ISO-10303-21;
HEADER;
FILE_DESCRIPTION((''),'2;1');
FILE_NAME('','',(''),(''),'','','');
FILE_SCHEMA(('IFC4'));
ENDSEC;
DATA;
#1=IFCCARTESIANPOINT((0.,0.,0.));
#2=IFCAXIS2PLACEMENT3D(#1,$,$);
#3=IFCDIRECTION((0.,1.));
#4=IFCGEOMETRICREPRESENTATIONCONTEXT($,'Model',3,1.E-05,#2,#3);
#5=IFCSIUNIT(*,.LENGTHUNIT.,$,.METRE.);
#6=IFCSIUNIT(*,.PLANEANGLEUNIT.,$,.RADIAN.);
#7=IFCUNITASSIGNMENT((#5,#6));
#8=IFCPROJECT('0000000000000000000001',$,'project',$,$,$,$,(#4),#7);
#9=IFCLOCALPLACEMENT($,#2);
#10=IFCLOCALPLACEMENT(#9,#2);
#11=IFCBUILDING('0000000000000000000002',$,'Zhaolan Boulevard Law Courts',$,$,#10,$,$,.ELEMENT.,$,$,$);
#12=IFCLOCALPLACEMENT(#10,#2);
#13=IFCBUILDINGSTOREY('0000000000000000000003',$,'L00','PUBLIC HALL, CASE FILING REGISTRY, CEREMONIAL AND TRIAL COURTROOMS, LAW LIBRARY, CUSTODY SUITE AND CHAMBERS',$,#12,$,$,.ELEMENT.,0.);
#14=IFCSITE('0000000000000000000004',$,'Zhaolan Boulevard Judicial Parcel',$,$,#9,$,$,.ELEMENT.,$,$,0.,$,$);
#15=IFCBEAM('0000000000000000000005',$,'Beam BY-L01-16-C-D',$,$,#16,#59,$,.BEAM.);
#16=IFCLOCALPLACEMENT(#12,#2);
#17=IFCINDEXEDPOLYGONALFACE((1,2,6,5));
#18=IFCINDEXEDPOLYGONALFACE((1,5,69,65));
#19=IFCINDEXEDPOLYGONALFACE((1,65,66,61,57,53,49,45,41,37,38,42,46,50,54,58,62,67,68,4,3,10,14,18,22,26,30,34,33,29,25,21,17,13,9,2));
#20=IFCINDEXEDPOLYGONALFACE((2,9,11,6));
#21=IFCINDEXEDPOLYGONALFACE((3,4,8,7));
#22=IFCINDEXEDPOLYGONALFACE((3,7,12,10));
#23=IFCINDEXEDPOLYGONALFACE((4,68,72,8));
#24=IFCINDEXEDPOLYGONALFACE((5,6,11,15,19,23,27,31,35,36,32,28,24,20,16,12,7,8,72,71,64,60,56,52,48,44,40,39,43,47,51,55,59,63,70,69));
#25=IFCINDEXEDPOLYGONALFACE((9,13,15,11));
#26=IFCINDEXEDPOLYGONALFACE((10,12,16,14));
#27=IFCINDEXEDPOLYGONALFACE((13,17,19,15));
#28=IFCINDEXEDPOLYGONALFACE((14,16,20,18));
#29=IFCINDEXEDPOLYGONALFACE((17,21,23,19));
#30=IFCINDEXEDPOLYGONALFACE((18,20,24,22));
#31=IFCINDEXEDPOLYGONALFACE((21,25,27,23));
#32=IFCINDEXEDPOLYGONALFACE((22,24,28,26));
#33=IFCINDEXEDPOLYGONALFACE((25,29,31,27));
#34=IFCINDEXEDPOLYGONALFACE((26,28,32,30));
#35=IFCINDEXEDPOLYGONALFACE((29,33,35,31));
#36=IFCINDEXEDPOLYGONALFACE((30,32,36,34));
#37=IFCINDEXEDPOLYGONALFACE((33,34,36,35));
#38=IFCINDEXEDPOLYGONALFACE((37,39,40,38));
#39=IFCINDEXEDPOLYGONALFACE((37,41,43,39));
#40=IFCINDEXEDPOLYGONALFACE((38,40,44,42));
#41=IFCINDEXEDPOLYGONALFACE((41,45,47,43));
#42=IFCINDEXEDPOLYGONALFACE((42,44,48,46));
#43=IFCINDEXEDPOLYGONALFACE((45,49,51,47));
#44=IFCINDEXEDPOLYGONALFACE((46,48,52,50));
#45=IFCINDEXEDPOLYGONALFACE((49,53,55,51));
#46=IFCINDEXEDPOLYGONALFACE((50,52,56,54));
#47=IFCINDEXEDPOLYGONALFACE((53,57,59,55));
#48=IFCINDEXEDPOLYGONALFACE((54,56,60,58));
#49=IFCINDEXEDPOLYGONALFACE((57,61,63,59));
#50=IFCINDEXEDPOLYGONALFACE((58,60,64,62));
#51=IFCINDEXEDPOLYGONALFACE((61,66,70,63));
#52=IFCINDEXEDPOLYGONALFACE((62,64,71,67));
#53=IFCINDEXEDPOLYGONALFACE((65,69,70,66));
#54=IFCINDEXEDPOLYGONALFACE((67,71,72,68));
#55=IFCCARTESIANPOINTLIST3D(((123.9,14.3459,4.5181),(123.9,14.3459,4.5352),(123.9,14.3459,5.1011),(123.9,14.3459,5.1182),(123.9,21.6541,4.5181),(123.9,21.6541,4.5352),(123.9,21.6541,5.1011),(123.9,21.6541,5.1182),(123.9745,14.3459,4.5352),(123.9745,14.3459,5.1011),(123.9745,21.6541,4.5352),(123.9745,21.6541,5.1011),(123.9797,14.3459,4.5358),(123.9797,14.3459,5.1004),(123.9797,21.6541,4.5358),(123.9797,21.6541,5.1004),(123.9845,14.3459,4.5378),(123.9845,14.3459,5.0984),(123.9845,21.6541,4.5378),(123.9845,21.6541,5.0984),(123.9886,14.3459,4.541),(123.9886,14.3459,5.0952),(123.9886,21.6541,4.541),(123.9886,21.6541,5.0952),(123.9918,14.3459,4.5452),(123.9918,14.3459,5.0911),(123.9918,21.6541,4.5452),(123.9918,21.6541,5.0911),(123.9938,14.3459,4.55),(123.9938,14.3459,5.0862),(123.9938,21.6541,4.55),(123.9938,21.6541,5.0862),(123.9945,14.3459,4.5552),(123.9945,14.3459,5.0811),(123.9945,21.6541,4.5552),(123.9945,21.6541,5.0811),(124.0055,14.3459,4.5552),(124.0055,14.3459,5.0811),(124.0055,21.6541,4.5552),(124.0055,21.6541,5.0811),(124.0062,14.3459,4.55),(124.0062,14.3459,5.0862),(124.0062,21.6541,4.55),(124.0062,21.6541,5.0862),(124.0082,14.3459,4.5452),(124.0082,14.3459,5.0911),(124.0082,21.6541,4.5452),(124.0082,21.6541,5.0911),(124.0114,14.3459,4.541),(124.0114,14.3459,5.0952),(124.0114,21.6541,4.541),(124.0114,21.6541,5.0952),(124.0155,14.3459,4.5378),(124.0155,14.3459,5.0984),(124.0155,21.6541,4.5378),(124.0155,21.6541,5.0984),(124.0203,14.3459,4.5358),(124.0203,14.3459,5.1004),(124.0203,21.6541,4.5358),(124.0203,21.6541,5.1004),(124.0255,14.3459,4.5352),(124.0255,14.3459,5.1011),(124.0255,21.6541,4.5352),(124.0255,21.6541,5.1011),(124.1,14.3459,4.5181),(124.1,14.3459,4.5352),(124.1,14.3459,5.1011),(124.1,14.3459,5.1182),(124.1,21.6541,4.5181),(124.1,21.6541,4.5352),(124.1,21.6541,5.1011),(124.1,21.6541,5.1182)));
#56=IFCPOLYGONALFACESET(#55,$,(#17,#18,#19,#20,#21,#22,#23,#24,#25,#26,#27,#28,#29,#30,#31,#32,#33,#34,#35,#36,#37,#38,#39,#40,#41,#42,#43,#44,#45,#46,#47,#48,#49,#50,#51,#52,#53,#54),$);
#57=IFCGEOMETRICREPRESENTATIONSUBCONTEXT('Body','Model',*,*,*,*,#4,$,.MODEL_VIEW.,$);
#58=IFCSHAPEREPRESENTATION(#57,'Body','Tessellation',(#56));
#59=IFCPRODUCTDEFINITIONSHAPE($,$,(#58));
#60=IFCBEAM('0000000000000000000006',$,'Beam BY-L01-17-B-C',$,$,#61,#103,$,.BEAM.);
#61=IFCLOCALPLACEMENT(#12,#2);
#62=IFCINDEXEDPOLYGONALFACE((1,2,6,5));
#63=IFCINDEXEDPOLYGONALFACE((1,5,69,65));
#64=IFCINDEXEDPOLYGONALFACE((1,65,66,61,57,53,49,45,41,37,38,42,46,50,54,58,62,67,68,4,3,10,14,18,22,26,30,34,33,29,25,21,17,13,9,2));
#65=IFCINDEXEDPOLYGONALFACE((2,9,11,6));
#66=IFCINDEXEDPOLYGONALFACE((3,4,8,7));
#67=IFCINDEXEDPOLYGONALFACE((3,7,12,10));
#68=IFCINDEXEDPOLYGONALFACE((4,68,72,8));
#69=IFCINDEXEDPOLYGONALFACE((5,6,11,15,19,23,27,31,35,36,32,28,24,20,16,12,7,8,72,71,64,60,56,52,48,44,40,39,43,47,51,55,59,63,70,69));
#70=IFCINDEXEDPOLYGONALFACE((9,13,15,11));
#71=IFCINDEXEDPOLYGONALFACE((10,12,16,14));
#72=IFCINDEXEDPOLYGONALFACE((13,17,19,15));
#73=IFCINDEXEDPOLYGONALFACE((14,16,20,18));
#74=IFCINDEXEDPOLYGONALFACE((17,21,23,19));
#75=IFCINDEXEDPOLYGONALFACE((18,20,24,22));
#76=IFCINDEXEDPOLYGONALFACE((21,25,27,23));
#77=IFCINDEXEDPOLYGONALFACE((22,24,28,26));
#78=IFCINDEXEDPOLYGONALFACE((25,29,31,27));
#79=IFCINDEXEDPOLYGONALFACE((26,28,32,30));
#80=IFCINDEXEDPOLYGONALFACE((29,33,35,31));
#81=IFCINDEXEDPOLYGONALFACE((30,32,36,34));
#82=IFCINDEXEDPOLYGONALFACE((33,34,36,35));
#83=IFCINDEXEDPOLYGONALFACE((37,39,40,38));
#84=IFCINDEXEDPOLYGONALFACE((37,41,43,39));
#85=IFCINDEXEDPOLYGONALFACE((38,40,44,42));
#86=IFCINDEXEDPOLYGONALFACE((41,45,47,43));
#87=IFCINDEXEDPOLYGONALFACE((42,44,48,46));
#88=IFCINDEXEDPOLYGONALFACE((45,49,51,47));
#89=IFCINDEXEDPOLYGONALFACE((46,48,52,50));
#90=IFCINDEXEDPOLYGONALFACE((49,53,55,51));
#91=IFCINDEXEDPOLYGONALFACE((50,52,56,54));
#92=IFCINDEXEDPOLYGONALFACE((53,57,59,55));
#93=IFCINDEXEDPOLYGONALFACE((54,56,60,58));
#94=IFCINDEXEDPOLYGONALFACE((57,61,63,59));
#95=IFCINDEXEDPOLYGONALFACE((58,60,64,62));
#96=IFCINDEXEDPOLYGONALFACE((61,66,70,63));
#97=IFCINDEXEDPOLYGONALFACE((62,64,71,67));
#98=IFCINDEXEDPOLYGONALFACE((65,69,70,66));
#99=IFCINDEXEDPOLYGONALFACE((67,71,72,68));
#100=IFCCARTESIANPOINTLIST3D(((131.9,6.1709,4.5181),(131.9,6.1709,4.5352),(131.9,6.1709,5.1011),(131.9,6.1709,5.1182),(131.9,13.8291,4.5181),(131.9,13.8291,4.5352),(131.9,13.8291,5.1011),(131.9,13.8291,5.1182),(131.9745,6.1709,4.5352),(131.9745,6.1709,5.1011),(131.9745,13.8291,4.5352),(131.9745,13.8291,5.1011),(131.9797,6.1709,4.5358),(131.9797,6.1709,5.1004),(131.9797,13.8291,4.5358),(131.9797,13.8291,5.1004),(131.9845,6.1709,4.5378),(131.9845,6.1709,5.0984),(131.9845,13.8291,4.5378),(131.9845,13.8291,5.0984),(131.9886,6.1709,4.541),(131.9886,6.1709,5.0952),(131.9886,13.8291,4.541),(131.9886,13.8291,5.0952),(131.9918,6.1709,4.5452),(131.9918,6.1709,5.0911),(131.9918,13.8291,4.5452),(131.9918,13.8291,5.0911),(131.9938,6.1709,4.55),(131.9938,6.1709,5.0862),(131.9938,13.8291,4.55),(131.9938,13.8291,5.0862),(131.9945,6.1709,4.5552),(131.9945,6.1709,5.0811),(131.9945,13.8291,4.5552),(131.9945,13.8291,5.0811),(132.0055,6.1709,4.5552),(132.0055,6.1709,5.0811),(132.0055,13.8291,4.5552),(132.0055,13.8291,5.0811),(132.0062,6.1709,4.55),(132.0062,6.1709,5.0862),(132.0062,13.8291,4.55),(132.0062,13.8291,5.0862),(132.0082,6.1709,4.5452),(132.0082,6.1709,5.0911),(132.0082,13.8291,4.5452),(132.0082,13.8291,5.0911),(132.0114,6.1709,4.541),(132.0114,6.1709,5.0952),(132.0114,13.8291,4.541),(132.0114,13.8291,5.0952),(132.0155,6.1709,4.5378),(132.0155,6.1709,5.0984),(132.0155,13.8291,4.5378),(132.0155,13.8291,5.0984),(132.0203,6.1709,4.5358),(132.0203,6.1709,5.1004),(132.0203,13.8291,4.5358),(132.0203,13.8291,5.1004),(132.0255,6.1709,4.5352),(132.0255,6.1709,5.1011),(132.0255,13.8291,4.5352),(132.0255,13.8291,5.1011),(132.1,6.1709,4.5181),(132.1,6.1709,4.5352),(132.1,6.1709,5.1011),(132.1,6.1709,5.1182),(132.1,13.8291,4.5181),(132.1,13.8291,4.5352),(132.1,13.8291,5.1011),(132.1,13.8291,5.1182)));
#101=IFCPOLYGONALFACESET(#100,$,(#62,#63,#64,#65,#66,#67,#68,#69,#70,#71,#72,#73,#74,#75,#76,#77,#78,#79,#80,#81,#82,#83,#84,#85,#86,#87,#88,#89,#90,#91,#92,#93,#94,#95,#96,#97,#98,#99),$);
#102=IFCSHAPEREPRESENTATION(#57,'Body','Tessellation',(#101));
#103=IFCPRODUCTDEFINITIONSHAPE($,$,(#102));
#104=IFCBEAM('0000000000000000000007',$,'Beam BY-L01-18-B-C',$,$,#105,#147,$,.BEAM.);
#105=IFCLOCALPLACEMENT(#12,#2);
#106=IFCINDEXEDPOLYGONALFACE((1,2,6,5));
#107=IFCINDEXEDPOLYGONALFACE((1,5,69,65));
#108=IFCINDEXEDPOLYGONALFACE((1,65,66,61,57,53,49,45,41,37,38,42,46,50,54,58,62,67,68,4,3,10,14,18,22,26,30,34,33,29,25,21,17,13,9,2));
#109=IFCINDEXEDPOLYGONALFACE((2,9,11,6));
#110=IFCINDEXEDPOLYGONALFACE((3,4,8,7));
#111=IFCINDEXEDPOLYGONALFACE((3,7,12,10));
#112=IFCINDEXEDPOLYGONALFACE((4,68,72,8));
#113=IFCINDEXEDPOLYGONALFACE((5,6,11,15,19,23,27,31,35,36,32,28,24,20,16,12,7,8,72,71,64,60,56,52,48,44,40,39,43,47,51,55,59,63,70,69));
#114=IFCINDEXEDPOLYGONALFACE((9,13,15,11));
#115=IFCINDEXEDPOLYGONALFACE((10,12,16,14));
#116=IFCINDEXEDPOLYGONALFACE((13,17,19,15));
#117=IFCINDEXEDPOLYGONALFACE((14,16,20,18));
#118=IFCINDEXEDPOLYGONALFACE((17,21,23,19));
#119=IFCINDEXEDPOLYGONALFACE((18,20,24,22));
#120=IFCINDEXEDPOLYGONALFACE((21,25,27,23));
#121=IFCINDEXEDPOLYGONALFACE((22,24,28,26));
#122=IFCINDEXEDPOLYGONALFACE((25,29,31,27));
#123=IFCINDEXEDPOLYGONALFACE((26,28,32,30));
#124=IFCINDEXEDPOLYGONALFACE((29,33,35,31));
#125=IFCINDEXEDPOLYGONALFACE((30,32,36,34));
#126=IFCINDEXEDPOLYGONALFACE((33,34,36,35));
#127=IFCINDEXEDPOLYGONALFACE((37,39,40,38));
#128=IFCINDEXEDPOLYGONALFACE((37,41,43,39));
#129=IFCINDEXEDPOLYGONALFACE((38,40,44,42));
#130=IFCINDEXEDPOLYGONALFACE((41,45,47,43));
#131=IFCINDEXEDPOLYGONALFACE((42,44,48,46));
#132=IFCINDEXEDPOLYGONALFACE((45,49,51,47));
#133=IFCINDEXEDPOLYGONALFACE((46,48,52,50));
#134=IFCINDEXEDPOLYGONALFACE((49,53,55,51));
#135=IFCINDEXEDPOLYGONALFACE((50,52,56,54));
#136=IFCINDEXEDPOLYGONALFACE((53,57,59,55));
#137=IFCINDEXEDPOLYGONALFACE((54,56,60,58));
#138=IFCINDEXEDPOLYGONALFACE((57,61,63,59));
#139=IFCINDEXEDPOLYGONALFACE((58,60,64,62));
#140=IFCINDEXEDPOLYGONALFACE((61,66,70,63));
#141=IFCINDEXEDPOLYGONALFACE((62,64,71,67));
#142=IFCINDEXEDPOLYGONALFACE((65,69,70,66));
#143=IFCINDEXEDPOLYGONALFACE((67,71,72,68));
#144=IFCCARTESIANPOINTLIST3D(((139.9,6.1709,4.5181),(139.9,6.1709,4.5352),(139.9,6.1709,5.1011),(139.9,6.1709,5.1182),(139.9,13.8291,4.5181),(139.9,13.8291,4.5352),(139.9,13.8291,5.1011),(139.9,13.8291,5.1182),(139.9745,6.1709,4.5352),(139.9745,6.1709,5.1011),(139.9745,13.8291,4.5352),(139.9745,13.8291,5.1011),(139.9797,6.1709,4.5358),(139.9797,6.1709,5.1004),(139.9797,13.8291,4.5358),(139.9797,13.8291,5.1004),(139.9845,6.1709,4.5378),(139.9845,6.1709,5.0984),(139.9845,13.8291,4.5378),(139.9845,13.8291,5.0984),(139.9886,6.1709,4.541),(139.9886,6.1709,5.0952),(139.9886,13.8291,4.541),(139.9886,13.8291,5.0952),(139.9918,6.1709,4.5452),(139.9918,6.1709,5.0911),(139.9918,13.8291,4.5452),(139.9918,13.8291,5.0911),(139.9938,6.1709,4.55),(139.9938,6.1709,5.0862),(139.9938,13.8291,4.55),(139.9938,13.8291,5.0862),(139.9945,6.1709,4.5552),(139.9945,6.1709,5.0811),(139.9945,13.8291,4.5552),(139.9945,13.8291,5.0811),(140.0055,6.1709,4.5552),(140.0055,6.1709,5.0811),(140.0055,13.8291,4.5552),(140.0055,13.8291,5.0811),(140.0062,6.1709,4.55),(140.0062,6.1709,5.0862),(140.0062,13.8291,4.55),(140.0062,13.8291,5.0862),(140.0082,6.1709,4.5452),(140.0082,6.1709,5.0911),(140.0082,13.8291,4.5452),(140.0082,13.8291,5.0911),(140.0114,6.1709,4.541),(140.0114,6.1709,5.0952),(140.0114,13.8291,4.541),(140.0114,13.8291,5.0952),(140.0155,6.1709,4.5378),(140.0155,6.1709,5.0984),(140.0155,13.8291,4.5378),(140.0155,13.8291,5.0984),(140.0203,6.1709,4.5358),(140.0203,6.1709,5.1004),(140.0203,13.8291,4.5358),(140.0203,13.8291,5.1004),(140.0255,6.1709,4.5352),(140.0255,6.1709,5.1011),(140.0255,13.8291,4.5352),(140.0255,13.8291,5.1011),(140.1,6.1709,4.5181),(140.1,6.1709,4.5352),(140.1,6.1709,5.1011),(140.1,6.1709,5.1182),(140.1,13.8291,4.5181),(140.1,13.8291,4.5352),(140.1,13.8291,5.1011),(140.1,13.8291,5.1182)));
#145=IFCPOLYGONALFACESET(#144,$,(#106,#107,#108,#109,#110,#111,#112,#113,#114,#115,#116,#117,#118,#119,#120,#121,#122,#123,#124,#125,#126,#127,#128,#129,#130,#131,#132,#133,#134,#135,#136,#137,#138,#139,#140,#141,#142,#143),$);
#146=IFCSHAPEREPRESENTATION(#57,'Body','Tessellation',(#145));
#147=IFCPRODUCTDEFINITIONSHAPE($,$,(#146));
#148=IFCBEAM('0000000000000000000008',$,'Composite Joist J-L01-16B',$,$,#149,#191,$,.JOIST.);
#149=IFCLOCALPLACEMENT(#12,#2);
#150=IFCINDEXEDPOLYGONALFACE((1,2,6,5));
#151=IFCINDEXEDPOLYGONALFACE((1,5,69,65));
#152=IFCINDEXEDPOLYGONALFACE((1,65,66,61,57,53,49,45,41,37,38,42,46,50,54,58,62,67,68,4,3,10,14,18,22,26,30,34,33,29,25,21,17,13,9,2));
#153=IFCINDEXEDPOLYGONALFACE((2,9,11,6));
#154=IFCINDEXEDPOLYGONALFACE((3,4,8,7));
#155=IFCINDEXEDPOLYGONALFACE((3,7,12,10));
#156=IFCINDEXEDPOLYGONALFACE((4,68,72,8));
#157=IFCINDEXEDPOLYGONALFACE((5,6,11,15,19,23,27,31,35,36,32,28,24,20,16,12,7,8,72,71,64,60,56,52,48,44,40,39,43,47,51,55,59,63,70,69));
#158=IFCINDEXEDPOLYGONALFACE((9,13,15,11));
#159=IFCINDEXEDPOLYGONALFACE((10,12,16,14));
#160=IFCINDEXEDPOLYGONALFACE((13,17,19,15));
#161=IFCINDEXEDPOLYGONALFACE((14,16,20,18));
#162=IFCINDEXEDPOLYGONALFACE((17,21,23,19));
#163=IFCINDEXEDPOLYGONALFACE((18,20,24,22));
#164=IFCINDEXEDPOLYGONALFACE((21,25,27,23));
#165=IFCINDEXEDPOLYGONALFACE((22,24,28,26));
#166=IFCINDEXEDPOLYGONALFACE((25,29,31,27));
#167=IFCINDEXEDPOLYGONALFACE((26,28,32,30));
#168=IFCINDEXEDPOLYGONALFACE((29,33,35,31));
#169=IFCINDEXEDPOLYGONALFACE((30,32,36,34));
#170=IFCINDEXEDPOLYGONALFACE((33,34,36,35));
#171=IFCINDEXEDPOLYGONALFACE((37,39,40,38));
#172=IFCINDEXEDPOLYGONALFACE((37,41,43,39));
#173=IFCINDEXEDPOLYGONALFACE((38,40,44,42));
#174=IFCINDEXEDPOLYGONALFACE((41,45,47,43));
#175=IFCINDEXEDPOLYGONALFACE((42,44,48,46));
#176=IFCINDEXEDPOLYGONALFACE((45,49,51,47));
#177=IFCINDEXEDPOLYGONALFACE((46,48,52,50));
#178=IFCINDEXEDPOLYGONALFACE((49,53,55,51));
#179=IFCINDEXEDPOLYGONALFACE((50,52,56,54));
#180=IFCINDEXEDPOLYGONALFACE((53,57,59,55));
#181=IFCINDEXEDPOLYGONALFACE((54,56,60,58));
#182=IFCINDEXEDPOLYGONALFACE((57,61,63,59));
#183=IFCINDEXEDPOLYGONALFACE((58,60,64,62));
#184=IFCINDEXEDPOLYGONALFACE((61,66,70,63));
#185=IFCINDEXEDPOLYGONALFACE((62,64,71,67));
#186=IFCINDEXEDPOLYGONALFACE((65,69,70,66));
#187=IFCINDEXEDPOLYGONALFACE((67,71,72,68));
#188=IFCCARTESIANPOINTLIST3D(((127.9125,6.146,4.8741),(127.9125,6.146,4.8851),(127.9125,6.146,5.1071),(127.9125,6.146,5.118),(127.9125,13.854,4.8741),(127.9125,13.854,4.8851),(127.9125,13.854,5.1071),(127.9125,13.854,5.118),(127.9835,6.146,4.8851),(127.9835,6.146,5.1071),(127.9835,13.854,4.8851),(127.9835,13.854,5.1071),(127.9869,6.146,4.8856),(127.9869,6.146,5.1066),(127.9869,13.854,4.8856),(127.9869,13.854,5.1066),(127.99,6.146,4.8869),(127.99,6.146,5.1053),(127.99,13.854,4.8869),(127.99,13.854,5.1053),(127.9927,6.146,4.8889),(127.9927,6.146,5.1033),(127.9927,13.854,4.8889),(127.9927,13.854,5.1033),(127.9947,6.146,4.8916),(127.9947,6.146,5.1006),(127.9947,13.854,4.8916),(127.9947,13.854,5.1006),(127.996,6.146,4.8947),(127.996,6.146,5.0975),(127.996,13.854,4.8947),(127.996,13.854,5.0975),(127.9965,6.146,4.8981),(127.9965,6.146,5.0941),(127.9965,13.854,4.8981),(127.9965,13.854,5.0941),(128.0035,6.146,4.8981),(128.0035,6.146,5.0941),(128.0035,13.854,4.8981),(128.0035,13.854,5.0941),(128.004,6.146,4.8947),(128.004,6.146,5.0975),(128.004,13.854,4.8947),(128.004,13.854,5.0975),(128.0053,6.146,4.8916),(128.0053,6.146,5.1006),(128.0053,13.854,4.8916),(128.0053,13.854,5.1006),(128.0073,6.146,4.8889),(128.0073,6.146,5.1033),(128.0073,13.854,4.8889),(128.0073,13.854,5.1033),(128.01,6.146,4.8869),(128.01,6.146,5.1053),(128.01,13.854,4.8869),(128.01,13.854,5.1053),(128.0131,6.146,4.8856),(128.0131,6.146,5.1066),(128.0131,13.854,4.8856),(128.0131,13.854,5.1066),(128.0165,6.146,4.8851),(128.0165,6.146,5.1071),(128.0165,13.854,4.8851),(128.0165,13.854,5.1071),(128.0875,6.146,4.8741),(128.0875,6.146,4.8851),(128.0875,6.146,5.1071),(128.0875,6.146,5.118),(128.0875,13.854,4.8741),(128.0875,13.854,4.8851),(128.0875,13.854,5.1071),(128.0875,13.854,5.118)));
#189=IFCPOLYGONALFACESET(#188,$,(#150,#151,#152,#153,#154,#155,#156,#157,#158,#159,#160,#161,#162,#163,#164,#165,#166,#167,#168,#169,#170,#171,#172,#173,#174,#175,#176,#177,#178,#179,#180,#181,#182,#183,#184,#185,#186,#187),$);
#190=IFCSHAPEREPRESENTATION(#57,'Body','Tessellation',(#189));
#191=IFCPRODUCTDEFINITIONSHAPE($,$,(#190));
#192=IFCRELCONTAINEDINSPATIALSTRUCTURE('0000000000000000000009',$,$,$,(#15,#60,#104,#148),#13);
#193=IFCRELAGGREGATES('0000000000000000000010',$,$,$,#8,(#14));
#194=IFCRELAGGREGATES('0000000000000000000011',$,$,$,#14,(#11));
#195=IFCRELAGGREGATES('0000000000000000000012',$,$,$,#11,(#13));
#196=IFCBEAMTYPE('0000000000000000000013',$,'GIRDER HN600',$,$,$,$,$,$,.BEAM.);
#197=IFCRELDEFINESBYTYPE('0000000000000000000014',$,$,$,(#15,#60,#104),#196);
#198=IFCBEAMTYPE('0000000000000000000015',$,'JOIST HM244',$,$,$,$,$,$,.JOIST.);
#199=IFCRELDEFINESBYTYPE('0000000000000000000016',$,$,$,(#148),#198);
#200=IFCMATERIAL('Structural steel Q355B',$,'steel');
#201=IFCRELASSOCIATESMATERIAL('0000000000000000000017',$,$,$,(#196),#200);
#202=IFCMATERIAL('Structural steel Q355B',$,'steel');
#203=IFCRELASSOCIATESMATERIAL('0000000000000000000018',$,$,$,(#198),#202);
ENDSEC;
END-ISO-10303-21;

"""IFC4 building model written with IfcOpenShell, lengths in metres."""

from ifc_helpers import new_model, si_unit, direction, frame, origin, origin_2d, place, context, subcontext, project, spatial, i_section, extrude, material, material_profile, profile_set, type_object, element, save


model = new_model("IFC4")

# Units and contexts
model_context = context("Model", 3, precision=1e-05, world=origin(), true_north=direction((0.0, 1.0)))
body_context = subcontext(model_context, "Body", "Model", "MODEL_VIEW")
ifc_project = project(units=[si_unit("LENGTHUNIT", "METRE"), si_unit("PLANEANGLEUNIT", "RADIAN")], contexts=[model_context])

# Site, building, storey
site_placement = place(None, origin())
site = spatial("IfcSite", under=ifc_project, at=site_placement, Name="Zhaolan Boulevard Judicial Parcel", CompositionType="ELEMENT", RefElevation=0.0)
building_placement = place(site_placement, origin())
building = spatial("IfcBuilding", under=site, at=building_placement, Name="Zhaolan Boulevard Law Courts", CompositionType="ELEMENT")
storey_placement = place(building_placement, origin())
storey = spatial("IfcBuildingStorey", under=building, at=storey_placement, Name="L00", Description="PUBLIC HALL, CASE FILING REGISTRY, CEREMONIAL AND TRIAL COURTROOMS, LAW LIBRARY, CUSTODY SUITE AND CHAMBERS", CompositionType="ELEMENT", Elevation=0.0)

# Beams
ifc_material_1 = material(Name="Structural steel Q355B", Category="steel")
ifc_material_profile_1 = material_profile(ifc_material_1, i_section(OverallWidth=0.2, OverallDepth=0.6001, WebThickness=0.011, FlangeThickness=0.0171, FilletRadius=0.02, at=origin_2d()), Name="HN600x200")
ifc_profile_set_1 = profile_set([ifc_material_profile_1], Name="Structural steel Q355B")
beam_type_1 = type_object("IfcBeamType", Name="GIRDER HN600", PredefinedType="BEAM", material=ifc_profile_set_1)
beam_1_placement = place(storey_placement, frame((124.0, 14.3459, 4.8181), z_axis=(0.0, 1.0, 0.0), x_axis=(-1.0, 0.0, 0.0)))
element("IfcBeam", 1, at=beam_1_placement, inside=storey, type_object=beam_type_1, Name="Beam BY-L01-16-C-D", PredefinedType="BEAM", context=body_context, shape_type="SweptSolid", body=[
    extrude(i_section(OverallWidth=0.2, OverallDepth=0.6001, WebThickness=0.011, FlangeThickness=0.0171, FilletRadius=0.02, at=origin_2d()), origin(), (0.0, 0.0, 1.0), 7.3081),
])
for number, where, z_axis, x_axis, name in (
    (2, (132.0, 6.1709, 4.8181), (0.0, 1.0, 0.0), (-1.0, 0.0, 0.0), "Beam BY-L01-17-B-C"),
    (3, (140.0, 6.1709, 4.8181), (0.0, 1.0, 0.0), (-1.0, 0.0, 0.0), "Beam BY-L01-18-B-C"),
):
    element("IfcBeam", number, at=place(storey_placement, frame(where, z_axis=z_axis, x_axis=x_axis)), inside=storey, type_object=beam_type_1, Name=name, PredefinedType="BEAM", context=body_context, shape_type="SweptSolid", body=[
        extrude(i_section(OverallWidth=0.2, OverallDepth=0.6001, WebThickness=0.011, FlangeThickness=0.0171, FilletRadius=0.02, at=origin_2d()), origin(), (0.0, 0.0, 1.0), 7.6582),
    ])
ifc_material_2 = material(Name="Structural steel Q355B", Category="steel")
ifc_material_profile_2 = material_profile(ifc_material_2, i_section(OverallWidth=0.175, OverallDepth=0.2439, WebThickness=0.0071, FlangeThickness=0.011, FilletRadius=0.0129, at=origin_2d()), Name="HM244x175")
ifc_profile_set_2 = profile_set([ifc_material_profile_2], Name="Structural steel Q355B")
beam_type_2 = type_object("IfcBeamType", Name="JOIST HM244", PredefinedType="JOIST", material=ifc_profile_set_2)
beam_2_placement = place(storey_placement, frame((128.0, 6.146, 4.9961), z_axis=(0.0, 1.0, 0.0), x_axis=(-1.0, 0.0, 0.0)))
element("IfcBeam", 4, at=beam_2_placement, inside=storey, type_object=beam_type_2, Name="Composite Joist J-L01-16B", PredefinedType="JOIST", context=body_context, shape_type="SweptSolid", body=[
    extrude(i_section(OverallWidth=0.175, OverallDepth=0.2439, WebThickness=0.0071, FlangeThickness=0.011, FilletRadius=0.0129, at=origin_2d()), origin(), (0.0, 0.0, 1.0), 7.708),
])

save(model, "model.ifc")
